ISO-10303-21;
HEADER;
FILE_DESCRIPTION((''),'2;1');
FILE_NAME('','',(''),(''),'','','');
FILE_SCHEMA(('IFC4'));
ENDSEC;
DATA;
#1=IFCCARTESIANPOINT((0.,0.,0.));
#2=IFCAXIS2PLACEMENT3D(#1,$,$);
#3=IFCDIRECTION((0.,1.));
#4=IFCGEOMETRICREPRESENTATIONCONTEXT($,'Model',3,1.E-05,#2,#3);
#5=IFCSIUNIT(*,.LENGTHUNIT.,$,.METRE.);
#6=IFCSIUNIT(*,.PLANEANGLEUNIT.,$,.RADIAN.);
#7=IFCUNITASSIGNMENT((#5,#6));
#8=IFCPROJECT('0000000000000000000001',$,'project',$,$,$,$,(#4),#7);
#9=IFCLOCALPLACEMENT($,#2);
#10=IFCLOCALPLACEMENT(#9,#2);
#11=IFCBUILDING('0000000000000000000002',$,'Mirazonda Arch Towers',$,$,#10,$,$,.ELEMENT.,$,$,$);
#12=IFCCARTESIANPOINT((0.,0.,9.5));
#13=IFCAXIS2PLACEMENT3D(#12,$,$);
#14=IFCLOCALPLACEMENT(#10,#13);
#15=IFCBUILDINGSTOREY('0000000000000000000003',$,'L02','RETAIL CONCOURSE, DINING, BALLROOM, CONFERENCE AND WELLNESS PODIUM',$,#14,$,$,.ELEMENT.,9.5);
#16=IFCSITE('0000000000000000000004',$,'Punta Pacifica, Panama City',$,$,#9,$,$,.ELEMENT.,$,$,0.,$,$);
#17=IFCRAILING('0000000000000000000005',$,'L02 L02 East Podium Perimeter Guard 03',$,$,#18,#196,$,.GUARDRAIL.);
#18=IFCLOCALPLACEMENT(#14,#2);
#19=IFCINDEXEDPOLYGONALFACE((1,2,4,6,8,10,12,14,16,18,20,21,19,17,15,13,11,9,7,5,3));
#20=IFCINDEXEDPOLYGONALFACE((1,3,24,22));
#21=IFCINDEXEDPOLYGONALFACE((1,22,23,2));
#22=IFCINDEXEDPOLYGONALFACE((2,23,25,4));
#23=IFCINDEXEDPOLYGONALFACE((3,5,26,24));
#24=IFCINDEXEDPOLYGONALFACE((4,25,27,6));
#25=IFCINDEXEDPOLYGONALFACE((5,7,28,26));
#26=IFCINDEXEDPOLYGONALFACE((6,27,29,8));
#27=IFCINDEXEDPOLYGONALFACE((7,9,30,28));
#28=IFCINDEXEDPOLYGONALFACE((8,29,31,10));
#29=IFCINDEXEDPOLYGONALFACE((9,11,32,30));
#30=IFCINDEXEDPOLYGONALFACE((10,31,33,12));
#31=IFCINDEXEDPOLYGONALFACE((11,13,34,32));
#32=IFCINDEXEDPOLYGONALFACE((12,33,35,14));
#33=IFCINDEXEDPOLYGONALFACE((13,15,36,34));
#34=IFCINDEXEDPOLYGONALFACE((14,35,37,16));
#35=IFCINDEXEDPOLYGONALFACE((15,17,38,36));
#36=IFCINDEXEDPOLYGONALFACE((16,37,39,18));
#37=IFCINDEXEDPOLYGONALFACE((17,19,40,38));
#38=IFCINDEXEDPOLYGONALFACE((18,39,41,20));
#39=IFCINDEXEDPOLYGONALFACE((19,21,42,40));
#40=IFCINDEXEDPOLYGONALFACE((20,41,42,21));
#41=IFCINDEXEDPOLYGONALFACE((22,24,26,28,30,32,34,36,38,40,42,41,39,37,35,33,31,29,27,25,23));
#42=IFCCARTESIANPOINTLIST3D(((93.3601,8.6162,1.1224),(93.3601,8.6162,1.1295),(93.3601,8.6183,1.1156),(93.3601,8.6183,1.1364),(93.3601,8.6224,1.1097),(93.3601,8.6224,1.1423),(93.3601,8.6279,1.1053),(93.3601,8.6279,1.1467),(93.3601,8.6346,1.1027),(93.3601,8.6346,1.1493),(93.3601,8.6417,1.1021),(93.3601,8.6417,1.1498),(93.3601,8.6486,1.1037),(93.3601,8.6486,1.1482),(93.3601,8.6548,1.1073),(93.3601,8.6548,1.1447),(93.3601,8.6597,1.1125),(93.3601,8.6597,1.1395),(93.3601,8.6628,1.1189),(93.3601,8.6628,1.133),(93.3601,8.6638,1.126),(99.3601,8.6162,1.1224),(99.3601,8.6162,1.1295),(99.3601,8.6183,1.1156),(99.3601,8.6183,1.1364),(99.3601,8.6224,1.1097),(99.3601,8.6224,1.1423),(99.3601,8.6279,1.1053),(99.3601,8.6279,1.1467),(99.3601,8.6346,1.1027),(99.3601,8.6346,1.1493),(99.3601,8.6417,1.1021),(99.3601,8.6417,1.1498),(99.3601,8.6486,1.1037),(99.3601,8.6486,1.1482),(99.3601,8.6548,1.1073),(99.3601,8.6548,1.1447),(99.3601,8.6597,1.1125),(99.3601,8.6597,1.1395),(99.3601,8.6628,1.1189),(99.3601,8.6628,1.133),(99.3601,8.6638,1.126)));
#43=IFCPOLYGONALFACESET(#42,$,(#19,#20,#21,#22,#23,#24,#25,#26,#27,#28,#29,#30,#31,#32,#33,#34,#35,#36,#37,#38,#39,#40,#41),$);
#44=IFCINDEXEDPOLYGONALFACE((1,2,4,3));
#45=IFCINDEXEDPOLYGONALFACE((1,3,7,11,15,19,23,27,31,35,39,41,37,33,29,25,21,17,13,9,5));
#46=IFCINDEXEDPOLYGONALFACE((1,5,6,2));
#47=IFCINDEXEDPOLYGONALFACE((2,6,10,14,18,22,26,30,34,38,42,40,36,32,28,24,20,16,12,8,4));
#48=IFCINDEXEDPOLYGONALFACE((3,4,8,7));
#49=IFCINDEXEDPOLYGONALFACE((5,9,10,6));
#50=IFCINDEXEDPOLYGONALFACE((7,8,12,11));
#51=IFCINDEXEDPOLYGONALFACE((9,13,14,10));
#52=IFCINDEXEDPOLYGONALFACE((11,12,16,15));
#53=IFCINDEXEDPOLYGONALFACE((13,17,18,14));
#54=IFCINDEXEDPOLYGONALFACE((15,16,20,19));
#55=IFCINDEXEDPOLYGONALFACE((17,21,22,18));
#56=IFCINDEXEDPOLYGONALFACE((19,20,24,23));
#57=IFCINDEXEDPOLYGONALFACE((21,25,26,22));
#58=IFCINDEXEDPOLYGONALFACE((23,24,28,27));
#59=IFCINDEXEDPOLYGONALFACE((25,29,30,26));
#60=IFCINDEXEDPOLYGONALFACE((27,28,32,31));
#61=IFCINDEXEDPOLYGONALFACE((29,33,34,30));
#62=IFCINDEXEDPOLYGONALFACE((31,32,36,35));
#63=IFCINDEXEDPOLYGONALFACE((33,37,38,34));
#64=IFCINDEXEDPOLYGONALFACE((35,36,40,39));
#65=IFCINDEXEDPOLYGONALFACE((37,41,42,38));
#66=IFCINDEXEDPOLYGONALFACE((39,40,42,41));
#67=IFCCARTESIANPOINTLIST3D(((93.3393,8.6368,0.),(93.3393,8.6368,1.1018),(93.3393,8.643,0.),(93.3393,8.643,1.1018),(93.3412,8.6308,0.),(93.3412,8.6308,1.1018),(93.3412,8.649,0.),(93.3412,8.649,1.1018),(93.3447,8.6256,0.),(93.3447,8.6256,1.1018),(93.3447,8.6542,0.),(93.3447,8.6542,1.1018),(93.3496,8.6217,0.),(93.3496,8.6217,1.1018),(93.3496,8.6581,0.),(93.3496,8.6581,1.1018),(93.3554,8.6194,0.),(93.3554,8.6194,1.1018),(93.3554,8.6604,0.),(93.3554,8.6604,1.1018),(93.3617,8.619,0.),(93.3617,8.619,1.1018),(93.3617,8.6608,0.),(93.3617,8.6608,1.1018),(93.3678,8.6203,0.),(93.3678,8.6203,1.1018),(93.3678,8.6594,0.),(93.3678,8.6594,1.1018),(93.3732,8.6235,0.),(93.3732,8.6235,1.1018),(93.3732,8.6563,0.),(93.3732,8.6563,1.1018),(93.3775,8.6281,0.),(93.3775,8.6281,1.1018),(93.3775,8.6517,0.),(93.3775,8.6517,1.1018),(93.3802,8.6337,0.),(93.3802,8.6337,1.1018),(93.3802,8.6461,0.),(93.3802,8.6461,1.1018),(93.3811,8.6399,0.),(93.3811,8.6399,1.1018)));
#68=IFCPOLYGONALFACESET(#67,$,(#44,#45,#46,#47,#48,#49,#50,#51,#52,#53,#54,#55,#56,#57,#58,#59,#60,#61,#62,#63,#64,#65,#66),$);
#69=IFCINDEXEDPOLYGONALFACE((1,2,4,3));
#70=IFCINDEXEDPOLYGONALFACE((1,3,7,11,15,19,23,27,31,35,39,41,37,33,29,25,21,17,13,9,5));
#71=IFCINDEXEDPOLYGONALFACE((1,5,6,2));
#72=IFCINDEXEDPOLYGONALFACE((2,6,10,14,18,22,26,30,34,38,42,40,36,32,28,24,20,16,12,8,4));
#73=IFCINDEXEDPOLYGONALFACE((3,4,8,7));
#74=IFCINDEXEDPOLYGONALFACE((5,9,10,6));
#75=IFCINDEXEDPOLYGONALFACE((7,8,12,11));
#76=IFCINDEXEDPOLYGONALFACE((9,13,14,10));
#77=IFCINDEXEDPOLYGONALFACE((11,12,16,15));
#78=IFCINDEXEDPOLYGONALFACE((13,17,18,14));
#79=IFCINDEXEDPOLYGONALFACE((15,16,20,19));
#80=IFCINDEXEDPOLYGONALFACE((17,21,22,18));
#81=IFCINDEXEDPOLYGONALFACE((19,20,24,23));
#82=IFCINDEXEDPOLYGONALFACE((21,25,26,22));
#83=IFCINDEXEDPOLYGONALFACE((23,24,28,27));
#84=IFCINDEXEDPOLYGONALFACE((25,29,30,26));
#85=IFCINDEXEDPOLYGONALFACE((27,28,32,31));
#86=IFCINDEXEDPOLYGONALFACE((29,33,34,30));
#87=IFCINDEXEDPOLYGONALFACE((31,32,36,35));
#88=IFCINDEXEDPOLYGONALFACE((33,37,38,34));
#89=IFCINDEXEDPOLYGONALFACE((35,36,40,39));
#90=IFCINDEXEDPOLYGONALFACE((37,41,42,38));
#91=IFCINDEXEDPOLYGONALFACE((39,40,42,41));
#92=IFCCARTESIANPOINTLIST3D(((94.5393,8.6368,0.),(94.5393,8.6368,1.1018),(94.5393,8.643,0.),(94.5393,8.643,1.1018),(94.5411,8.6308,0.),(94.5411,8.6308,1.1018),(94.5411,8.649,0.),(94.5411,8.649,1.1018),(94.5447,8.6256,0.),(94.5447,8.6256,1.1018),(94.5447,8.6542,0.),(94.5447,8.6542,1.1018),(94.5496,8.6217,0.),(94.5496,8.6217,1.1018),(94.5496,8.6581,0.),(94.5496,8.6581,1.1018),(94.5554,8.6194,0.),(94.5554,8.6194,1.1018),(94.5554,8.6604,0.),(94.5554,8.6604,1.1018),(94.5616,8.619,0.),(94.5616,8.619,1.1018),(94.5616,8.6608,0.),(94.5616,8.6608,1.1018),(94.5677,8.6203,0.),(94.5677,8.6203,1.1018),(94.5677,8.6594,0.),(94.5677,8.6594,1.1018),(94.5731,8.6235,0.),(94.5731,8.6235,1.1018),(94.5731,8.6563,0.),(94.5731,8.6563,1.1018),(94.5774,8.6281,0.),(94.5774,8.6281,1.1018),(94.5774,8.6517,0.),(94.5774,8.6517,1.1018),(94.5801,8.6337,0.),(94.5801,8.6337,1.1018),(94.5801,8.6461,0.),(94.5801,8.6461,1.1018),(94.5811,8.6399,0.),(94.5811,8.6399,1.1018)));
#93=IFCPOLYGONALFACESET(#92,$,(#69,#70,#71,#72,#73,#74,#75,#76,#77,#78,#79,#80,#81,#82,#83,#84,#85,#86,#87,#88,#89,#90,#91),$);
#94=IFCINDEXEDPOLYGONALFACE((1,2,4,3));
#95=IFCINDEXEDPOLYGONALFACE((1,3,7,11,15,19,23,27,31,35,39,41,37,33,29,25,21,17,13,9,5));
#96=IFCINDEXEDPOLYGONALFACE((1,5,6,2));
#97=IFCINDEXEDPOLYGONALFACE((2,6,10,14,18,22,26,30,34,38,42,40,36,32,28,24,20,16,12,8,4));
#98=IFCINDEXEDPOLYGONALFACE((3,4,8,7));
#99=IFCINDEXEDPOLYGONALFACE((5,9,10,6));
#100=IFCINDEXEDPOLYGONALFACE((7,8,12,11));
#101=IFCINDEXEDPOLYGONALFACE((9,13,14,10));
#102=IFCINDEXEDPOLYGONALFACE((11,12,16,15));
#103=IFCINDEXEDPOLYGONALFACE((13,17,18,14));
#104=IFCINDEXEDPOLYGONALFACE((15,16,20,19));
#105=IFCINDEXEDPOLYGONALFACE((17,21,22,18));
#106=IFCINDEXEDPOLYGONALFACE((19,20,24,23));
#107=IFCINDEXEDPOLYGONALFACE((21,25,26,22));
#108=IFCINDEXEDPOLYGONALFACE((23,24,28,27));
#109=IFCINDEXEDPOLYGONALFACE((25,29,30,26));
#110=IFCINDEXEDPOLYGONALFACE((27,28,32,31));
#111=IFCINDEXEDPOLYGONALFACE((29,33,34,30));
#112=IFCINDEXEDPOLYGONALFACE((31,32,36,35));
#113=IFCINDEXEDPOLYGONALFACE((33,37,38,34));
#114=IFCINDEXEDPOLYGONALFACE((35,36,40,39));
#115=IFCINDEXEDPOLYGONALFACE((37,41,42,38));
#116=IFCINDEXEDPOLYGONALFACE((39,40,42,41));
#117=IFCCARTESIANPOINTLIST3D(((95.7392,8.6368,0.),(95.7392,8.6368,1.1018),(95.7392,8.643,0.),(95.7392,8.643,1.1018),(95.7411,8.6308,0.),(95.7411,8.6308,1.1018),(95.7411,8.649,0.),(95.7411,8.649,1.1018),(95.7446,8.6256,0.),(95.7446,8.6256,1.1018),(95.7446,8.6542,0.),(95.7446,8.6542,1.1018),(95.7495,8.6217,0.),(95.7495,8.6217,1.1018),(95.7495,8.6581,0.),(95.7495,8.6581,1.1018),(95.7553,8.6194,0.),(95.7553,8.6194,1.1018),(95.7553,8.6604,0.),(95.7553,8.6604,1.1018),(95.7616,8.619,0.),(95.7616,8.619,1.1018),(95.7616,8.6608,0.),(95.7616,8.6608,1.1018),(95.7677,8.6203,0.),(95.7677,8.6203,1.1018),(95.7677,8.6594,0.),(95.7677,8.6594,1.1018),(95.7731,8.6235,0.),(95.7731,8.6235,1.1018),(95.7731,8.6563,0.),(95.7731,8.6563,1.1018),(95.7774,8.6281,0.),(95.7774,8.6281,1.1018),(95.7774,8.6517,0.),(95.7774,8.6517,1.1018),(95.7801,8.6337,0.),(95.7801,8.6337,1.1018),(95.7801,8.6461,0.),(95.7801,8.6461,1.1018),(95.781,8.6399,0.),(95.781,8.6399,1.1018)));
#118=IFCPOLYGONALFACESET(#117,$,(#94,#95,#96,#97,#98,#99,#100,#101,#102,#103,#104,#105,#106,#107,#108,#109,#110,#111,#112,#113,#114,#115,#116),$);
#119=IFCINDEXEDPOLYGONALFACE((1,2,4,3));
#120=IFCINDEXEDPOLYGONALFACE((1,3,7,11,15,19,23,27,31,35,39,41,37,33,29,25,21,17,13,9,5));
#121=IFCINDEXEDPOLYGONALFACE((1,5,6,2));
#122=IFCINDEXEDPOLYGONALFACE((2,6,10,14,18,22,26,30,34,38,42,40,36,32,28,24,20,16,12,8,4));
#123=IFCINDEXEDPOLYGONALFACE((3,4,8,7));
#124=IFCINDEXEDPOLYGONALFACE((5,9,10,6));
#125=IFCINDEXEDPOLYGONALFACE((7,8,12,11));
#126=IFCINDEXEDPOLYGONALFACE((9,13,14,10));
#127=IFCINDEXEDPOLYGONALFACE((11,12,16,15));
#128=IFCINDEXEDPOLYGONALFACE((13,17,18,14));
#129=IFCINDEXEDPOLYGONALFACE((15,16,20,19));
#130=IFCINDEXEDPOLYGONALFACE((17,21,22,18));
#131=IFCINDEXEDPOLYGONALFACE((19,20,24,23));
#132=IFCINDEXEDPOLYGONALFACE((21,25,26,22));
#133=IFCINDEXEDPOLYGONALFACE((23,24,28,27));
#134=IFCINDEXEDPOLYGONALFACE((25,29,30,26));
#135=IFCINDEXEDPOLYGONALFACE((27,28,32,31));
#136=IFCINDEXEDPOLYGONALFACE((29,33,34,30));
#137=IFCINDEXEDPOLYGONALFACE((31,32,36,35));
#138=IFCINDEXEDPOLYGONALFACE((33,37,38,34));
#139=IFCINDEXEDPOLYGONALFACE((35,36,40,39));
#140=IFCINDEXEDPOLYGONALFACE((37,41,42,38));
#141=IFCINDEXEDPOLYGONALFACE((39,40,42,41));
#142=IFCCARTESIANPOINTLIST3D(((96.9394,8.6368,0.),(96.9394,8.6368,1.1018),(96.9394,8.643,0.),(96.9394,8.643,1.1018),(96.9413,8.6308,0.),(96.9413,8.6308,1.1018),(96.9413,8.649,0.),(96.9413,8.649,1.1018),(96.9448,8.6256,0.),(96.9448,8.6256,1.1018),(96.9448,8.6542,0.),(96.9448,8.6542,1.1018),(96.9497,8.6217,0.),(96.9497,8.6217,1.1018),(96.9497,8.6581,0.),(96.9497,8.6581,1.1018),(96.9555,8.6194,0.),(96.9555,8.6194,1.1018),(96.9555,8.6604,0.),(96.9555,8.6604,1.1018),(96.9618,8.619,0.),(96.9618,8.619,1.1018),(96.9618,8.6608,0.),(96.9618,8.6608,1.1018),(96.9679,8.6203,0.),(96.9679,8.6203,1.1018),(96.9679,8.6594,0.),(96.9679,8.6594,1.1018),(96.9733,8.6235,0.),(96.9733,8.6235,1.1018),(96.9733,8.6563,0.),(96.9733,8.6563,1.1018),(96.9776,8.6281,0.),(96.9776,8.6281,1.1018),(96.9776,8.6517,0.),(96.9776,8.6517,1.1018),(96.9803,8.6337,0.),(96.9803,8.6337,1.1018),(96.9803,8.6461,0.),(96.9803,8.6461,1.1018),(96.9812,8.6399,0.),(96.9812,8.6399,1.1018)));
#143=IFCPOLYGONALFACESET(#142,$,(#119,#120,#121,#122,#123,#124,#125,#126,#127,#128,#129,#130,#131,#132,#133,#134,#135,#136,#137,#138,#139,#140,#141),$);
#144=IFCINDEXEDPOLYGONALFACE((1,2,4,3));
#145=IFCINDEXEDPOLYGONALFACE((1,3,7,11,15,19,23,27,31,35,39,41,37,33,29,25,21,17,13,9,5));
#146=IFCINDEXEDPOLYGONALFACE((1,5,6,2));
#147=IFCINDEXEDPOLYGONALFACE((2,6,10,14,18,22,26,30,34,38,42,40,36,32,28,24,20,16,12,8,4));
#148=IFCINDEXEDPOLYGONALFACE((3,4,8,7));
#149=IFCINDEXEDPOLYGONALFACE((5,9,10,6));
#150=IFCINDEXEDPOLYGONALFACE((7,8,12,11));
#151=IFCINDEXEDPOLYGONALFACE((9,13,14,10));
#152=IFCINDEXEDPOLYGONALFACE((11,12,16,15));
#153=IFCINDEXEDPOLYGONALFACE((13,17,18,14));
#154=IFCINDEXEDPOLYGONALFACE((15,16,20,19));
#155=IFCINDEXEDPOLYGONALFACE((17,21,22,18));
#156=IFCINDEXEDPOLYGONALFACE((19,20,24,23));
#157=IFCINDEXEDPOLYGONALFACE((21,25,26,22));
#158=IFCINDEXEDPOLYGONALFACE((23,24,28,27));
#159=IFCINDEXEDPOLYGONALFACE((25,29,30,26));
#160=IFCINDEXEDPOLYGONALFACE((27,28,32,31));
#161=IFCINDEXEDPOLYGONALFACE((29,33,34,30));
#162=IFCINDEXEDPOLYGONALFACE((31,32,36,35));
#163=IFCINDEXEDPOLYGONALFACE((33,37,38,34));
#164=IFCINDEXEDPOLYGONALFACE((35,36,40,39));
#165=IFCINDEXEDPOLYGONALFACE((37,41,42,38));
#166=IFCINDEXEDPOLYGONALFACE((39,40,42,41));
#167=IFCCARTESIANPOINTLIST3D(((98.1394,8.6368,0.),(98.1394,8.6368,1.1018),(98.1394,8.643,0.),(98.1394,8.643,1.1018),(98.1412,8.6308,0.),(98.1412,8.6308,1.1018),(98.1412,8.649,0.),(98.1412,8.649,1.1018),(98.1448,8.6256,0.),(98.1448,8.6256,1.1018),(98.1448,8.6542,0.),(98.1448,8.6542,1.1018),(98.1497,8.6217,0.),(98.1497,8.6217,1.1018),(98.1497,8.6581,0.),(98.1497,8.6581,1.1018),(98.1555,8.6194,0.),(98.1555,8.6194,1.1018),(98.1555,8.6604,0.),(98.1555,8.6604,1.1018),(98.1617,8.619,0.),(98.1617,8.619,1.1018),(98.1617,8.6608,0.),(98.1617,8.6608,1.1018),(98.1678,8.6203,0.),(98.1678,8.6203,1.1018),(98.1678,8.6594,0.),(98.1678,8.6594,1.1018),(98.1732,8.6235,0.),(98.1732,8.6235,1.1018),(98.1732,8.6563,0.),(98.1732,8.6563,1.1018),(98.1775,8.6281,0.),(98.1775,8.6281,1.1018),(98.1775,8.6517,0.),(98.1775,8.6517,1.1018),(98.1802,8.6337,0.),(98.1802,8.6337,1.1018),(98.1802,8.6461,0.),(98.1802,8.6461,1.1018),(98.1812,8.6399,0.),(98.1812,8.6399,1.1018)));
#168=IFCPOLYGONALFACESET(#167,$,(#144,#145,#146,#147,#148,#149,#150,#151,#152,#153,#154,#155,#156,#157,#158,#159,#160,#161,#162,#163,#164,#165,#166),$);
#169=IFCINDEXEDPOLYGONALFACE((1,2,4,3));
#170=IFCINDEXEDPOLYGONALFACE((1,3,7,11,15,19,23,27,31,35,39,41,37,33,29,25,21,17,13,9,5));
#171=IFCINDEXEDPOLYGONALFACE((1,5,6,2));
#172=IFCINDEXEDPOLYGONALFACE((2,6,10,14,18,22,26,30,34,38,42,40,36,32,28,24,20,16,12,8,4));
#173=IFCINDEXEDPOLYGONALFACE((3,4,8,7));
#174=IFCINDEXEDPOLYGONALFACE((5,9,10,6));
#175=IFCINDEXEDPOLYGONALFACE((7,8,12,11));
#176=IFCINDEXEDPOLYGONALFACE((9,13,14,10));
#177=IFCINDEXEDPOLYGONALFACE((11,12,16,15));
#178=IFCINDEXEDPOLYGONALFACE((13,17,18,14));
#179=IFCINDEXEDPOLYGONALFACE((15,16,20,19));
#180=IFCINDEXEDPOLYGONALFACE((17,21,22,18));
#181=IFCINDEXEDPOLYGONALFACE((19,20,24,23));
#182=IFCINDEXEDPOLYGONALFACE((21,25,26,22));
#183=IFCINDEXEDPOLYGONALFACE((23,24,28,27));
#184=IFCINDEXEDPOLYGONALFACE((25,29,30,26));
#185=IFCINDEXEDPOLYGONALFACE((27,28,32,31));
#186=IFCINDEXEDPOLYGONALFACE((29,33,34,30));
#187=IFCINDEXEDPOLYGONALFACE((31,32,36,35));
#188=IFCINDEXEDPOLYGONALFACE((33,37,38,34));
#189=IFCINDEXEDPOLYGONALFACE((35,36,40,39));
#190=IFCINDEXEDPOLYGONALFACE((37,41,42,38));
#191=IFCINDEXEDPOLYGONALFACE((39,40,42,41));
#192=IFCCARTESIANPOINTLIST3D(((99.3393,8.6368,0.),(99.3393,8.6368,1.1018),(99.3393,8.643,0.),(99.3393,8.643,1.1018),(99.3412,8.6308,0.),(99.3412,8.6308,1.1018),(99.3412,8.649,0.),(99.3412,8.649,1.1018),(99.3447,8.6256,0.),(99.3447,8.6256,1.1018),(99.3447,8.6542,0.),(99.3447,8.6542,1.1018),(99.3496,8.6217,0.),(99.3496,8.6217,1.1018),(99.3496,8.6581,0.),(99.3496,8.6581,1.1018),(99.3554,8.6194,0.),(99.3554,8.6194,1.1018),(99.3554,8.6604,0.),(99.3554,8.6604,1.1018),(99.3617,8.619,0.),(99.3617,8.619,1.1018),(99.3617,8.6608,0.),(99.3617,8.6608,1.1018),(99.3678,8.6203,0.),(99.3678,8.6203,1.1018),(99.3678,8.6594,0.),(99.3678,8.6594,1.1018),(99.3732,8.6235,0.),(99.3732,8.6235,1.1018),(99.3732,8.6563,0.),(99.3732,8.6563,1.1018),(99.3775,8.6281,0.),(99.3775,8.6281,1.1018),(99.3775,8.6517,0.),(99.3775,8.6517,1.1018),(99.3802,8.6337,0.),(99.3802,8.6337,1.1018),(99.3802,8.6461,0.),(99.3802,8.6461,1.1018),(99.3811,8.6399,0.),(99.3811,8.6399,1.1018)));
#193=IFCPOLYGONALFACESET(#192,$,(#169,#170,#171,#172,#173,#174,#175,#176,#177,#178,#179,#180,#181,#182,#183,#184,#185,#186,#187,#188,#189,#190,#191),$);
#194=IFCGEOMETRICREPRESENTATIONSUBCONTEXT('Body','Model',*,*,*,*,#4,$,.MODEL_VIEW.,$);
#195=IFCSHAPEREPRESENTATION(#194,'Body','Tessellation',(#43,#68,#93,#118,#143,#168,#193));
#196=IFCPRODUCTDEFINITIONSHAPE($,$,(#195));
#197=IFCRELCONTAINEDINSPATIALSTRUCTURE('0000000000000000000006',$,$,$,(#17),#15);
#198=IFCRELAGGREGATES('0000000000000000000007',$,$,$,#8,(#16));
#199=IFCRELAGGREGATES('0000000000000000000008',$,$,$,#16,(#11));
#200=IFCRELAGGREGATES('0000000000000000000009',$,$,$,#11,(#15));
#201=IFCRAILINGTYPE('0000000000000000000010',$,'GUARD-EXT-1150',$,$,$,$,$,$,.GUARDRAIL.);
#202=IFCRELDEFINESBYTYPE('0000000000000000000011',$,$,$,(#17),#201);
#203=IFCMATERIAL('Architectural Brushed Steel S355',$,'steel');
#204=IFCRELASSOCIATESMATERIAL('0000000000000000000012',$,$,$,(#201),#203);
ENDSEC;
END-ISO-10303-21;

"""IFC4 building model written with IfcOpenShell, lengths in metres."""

from ifc_helpers import new_model, si_unit, direction, frame, origin, origin_2d, place, context, subcontext, project, spatial, circle, extrude, material, type_object, element, save


model = new_model("IFC4")

# Units and contexts
model_context = context("Model", 3, precision=1e-05, world=origin(), true_north=direction((0.0, 1.0)))
body_context = subcontext(model_context, "Body", "Model", "MODEL_VIEW")
ifc_project = project(units=[si_unit("LENGTHUNIT", "METRE"), si_unit("PLANEANGLEUNIT", "RADIAN")], contexts=[model_context])

# Site, building, storey
site_placement = place(None, origin())
site = spatial("IfcSite", under=ifc_project, at=site_placement, Name="Punta Pacifica, Panama City", CompositionType="ELEMENT", RefElevation=0.0)
building_placement = place(site_placement, origin())
building = spatial("IfcBuilding", under=site, at=building_placement, Name="Mirazonda Arch Towers", CompositionType="ELEMENT")
storey_placement = place(building_placement, frame((0.0, 0.0, 9.5)))
storey = spatial("IfcBuildingStorey", under=building, at=storey_placement, Name="L02", Description="RETAIL CONCOURSE, DINING, BALLROOM, CONFERENCE AND WELLNESS PODIUM", CompositionType="ELEMENT", Elevation=9.5)

# Railing
ifc_material_1 = material(Name="Architectural Brushed Steel S355", Category="steel")
railing_type = type_object("IfcRailingType", Name="GUARD-EXT-1150", PredefinedType="GUARDRAIL", material=ifc_material_1)
railing_1_placement = place(storey_placement, frame((93.3601, 8.6399, 0.0)))
element("IfcRailing", 1, at=railing_1_placement, inside=storey, type_object=railing_type, Name="L02 L02 East Podium Perimeter Guard 03", PredefinedType="GUARDRAIL", context=body_context, shape_type="SweptSolid", body=[
    extrude(circle(Radius=0.0239, at=origin_2d()), frame((0.0, 0.0, 1.126), z_axis=(1.0, 0.0, 0.0), x_axis=(0.0, 1.0, 0.0)), (0.0, 0.0, 1.0), 6.0),
    extrude(circle(Radius=0.021, at=origin_2d()), origin(), (0.0, 0.0, 1.0), 1.1018),
    extrude(circle(Radius=0.021, at=origin_2d()), frame((1.2, 0.0, 0.0)), (0.0, 0.0, 1.0), 1.1018),
    extrude(circle(Radius=0.021, at=origin_2d()), frame((2.3999, 0.0, 0.0)), (0.0, 0.0, 1.0), 1.1018),
    extrude(circle(Radius=0.021, at=origin_2d()), frame((3.6001, 0.0, 0.0)), (0.0, 0.0, 1.0), 1.1018),
    extrude(circle(Radius=0.021, at=origin_2d()), frame((4.8, 0.0, 0.0)), (0.0, 0.0, 1.0), 1.1018),
    extrude(circle(Radius=0.021, at=origin_2d()), frame((6.0, 0.0, 0.0)), (0.0, 0.0, 1.0), 1.1018),
])

save(model, "model.ifc")
